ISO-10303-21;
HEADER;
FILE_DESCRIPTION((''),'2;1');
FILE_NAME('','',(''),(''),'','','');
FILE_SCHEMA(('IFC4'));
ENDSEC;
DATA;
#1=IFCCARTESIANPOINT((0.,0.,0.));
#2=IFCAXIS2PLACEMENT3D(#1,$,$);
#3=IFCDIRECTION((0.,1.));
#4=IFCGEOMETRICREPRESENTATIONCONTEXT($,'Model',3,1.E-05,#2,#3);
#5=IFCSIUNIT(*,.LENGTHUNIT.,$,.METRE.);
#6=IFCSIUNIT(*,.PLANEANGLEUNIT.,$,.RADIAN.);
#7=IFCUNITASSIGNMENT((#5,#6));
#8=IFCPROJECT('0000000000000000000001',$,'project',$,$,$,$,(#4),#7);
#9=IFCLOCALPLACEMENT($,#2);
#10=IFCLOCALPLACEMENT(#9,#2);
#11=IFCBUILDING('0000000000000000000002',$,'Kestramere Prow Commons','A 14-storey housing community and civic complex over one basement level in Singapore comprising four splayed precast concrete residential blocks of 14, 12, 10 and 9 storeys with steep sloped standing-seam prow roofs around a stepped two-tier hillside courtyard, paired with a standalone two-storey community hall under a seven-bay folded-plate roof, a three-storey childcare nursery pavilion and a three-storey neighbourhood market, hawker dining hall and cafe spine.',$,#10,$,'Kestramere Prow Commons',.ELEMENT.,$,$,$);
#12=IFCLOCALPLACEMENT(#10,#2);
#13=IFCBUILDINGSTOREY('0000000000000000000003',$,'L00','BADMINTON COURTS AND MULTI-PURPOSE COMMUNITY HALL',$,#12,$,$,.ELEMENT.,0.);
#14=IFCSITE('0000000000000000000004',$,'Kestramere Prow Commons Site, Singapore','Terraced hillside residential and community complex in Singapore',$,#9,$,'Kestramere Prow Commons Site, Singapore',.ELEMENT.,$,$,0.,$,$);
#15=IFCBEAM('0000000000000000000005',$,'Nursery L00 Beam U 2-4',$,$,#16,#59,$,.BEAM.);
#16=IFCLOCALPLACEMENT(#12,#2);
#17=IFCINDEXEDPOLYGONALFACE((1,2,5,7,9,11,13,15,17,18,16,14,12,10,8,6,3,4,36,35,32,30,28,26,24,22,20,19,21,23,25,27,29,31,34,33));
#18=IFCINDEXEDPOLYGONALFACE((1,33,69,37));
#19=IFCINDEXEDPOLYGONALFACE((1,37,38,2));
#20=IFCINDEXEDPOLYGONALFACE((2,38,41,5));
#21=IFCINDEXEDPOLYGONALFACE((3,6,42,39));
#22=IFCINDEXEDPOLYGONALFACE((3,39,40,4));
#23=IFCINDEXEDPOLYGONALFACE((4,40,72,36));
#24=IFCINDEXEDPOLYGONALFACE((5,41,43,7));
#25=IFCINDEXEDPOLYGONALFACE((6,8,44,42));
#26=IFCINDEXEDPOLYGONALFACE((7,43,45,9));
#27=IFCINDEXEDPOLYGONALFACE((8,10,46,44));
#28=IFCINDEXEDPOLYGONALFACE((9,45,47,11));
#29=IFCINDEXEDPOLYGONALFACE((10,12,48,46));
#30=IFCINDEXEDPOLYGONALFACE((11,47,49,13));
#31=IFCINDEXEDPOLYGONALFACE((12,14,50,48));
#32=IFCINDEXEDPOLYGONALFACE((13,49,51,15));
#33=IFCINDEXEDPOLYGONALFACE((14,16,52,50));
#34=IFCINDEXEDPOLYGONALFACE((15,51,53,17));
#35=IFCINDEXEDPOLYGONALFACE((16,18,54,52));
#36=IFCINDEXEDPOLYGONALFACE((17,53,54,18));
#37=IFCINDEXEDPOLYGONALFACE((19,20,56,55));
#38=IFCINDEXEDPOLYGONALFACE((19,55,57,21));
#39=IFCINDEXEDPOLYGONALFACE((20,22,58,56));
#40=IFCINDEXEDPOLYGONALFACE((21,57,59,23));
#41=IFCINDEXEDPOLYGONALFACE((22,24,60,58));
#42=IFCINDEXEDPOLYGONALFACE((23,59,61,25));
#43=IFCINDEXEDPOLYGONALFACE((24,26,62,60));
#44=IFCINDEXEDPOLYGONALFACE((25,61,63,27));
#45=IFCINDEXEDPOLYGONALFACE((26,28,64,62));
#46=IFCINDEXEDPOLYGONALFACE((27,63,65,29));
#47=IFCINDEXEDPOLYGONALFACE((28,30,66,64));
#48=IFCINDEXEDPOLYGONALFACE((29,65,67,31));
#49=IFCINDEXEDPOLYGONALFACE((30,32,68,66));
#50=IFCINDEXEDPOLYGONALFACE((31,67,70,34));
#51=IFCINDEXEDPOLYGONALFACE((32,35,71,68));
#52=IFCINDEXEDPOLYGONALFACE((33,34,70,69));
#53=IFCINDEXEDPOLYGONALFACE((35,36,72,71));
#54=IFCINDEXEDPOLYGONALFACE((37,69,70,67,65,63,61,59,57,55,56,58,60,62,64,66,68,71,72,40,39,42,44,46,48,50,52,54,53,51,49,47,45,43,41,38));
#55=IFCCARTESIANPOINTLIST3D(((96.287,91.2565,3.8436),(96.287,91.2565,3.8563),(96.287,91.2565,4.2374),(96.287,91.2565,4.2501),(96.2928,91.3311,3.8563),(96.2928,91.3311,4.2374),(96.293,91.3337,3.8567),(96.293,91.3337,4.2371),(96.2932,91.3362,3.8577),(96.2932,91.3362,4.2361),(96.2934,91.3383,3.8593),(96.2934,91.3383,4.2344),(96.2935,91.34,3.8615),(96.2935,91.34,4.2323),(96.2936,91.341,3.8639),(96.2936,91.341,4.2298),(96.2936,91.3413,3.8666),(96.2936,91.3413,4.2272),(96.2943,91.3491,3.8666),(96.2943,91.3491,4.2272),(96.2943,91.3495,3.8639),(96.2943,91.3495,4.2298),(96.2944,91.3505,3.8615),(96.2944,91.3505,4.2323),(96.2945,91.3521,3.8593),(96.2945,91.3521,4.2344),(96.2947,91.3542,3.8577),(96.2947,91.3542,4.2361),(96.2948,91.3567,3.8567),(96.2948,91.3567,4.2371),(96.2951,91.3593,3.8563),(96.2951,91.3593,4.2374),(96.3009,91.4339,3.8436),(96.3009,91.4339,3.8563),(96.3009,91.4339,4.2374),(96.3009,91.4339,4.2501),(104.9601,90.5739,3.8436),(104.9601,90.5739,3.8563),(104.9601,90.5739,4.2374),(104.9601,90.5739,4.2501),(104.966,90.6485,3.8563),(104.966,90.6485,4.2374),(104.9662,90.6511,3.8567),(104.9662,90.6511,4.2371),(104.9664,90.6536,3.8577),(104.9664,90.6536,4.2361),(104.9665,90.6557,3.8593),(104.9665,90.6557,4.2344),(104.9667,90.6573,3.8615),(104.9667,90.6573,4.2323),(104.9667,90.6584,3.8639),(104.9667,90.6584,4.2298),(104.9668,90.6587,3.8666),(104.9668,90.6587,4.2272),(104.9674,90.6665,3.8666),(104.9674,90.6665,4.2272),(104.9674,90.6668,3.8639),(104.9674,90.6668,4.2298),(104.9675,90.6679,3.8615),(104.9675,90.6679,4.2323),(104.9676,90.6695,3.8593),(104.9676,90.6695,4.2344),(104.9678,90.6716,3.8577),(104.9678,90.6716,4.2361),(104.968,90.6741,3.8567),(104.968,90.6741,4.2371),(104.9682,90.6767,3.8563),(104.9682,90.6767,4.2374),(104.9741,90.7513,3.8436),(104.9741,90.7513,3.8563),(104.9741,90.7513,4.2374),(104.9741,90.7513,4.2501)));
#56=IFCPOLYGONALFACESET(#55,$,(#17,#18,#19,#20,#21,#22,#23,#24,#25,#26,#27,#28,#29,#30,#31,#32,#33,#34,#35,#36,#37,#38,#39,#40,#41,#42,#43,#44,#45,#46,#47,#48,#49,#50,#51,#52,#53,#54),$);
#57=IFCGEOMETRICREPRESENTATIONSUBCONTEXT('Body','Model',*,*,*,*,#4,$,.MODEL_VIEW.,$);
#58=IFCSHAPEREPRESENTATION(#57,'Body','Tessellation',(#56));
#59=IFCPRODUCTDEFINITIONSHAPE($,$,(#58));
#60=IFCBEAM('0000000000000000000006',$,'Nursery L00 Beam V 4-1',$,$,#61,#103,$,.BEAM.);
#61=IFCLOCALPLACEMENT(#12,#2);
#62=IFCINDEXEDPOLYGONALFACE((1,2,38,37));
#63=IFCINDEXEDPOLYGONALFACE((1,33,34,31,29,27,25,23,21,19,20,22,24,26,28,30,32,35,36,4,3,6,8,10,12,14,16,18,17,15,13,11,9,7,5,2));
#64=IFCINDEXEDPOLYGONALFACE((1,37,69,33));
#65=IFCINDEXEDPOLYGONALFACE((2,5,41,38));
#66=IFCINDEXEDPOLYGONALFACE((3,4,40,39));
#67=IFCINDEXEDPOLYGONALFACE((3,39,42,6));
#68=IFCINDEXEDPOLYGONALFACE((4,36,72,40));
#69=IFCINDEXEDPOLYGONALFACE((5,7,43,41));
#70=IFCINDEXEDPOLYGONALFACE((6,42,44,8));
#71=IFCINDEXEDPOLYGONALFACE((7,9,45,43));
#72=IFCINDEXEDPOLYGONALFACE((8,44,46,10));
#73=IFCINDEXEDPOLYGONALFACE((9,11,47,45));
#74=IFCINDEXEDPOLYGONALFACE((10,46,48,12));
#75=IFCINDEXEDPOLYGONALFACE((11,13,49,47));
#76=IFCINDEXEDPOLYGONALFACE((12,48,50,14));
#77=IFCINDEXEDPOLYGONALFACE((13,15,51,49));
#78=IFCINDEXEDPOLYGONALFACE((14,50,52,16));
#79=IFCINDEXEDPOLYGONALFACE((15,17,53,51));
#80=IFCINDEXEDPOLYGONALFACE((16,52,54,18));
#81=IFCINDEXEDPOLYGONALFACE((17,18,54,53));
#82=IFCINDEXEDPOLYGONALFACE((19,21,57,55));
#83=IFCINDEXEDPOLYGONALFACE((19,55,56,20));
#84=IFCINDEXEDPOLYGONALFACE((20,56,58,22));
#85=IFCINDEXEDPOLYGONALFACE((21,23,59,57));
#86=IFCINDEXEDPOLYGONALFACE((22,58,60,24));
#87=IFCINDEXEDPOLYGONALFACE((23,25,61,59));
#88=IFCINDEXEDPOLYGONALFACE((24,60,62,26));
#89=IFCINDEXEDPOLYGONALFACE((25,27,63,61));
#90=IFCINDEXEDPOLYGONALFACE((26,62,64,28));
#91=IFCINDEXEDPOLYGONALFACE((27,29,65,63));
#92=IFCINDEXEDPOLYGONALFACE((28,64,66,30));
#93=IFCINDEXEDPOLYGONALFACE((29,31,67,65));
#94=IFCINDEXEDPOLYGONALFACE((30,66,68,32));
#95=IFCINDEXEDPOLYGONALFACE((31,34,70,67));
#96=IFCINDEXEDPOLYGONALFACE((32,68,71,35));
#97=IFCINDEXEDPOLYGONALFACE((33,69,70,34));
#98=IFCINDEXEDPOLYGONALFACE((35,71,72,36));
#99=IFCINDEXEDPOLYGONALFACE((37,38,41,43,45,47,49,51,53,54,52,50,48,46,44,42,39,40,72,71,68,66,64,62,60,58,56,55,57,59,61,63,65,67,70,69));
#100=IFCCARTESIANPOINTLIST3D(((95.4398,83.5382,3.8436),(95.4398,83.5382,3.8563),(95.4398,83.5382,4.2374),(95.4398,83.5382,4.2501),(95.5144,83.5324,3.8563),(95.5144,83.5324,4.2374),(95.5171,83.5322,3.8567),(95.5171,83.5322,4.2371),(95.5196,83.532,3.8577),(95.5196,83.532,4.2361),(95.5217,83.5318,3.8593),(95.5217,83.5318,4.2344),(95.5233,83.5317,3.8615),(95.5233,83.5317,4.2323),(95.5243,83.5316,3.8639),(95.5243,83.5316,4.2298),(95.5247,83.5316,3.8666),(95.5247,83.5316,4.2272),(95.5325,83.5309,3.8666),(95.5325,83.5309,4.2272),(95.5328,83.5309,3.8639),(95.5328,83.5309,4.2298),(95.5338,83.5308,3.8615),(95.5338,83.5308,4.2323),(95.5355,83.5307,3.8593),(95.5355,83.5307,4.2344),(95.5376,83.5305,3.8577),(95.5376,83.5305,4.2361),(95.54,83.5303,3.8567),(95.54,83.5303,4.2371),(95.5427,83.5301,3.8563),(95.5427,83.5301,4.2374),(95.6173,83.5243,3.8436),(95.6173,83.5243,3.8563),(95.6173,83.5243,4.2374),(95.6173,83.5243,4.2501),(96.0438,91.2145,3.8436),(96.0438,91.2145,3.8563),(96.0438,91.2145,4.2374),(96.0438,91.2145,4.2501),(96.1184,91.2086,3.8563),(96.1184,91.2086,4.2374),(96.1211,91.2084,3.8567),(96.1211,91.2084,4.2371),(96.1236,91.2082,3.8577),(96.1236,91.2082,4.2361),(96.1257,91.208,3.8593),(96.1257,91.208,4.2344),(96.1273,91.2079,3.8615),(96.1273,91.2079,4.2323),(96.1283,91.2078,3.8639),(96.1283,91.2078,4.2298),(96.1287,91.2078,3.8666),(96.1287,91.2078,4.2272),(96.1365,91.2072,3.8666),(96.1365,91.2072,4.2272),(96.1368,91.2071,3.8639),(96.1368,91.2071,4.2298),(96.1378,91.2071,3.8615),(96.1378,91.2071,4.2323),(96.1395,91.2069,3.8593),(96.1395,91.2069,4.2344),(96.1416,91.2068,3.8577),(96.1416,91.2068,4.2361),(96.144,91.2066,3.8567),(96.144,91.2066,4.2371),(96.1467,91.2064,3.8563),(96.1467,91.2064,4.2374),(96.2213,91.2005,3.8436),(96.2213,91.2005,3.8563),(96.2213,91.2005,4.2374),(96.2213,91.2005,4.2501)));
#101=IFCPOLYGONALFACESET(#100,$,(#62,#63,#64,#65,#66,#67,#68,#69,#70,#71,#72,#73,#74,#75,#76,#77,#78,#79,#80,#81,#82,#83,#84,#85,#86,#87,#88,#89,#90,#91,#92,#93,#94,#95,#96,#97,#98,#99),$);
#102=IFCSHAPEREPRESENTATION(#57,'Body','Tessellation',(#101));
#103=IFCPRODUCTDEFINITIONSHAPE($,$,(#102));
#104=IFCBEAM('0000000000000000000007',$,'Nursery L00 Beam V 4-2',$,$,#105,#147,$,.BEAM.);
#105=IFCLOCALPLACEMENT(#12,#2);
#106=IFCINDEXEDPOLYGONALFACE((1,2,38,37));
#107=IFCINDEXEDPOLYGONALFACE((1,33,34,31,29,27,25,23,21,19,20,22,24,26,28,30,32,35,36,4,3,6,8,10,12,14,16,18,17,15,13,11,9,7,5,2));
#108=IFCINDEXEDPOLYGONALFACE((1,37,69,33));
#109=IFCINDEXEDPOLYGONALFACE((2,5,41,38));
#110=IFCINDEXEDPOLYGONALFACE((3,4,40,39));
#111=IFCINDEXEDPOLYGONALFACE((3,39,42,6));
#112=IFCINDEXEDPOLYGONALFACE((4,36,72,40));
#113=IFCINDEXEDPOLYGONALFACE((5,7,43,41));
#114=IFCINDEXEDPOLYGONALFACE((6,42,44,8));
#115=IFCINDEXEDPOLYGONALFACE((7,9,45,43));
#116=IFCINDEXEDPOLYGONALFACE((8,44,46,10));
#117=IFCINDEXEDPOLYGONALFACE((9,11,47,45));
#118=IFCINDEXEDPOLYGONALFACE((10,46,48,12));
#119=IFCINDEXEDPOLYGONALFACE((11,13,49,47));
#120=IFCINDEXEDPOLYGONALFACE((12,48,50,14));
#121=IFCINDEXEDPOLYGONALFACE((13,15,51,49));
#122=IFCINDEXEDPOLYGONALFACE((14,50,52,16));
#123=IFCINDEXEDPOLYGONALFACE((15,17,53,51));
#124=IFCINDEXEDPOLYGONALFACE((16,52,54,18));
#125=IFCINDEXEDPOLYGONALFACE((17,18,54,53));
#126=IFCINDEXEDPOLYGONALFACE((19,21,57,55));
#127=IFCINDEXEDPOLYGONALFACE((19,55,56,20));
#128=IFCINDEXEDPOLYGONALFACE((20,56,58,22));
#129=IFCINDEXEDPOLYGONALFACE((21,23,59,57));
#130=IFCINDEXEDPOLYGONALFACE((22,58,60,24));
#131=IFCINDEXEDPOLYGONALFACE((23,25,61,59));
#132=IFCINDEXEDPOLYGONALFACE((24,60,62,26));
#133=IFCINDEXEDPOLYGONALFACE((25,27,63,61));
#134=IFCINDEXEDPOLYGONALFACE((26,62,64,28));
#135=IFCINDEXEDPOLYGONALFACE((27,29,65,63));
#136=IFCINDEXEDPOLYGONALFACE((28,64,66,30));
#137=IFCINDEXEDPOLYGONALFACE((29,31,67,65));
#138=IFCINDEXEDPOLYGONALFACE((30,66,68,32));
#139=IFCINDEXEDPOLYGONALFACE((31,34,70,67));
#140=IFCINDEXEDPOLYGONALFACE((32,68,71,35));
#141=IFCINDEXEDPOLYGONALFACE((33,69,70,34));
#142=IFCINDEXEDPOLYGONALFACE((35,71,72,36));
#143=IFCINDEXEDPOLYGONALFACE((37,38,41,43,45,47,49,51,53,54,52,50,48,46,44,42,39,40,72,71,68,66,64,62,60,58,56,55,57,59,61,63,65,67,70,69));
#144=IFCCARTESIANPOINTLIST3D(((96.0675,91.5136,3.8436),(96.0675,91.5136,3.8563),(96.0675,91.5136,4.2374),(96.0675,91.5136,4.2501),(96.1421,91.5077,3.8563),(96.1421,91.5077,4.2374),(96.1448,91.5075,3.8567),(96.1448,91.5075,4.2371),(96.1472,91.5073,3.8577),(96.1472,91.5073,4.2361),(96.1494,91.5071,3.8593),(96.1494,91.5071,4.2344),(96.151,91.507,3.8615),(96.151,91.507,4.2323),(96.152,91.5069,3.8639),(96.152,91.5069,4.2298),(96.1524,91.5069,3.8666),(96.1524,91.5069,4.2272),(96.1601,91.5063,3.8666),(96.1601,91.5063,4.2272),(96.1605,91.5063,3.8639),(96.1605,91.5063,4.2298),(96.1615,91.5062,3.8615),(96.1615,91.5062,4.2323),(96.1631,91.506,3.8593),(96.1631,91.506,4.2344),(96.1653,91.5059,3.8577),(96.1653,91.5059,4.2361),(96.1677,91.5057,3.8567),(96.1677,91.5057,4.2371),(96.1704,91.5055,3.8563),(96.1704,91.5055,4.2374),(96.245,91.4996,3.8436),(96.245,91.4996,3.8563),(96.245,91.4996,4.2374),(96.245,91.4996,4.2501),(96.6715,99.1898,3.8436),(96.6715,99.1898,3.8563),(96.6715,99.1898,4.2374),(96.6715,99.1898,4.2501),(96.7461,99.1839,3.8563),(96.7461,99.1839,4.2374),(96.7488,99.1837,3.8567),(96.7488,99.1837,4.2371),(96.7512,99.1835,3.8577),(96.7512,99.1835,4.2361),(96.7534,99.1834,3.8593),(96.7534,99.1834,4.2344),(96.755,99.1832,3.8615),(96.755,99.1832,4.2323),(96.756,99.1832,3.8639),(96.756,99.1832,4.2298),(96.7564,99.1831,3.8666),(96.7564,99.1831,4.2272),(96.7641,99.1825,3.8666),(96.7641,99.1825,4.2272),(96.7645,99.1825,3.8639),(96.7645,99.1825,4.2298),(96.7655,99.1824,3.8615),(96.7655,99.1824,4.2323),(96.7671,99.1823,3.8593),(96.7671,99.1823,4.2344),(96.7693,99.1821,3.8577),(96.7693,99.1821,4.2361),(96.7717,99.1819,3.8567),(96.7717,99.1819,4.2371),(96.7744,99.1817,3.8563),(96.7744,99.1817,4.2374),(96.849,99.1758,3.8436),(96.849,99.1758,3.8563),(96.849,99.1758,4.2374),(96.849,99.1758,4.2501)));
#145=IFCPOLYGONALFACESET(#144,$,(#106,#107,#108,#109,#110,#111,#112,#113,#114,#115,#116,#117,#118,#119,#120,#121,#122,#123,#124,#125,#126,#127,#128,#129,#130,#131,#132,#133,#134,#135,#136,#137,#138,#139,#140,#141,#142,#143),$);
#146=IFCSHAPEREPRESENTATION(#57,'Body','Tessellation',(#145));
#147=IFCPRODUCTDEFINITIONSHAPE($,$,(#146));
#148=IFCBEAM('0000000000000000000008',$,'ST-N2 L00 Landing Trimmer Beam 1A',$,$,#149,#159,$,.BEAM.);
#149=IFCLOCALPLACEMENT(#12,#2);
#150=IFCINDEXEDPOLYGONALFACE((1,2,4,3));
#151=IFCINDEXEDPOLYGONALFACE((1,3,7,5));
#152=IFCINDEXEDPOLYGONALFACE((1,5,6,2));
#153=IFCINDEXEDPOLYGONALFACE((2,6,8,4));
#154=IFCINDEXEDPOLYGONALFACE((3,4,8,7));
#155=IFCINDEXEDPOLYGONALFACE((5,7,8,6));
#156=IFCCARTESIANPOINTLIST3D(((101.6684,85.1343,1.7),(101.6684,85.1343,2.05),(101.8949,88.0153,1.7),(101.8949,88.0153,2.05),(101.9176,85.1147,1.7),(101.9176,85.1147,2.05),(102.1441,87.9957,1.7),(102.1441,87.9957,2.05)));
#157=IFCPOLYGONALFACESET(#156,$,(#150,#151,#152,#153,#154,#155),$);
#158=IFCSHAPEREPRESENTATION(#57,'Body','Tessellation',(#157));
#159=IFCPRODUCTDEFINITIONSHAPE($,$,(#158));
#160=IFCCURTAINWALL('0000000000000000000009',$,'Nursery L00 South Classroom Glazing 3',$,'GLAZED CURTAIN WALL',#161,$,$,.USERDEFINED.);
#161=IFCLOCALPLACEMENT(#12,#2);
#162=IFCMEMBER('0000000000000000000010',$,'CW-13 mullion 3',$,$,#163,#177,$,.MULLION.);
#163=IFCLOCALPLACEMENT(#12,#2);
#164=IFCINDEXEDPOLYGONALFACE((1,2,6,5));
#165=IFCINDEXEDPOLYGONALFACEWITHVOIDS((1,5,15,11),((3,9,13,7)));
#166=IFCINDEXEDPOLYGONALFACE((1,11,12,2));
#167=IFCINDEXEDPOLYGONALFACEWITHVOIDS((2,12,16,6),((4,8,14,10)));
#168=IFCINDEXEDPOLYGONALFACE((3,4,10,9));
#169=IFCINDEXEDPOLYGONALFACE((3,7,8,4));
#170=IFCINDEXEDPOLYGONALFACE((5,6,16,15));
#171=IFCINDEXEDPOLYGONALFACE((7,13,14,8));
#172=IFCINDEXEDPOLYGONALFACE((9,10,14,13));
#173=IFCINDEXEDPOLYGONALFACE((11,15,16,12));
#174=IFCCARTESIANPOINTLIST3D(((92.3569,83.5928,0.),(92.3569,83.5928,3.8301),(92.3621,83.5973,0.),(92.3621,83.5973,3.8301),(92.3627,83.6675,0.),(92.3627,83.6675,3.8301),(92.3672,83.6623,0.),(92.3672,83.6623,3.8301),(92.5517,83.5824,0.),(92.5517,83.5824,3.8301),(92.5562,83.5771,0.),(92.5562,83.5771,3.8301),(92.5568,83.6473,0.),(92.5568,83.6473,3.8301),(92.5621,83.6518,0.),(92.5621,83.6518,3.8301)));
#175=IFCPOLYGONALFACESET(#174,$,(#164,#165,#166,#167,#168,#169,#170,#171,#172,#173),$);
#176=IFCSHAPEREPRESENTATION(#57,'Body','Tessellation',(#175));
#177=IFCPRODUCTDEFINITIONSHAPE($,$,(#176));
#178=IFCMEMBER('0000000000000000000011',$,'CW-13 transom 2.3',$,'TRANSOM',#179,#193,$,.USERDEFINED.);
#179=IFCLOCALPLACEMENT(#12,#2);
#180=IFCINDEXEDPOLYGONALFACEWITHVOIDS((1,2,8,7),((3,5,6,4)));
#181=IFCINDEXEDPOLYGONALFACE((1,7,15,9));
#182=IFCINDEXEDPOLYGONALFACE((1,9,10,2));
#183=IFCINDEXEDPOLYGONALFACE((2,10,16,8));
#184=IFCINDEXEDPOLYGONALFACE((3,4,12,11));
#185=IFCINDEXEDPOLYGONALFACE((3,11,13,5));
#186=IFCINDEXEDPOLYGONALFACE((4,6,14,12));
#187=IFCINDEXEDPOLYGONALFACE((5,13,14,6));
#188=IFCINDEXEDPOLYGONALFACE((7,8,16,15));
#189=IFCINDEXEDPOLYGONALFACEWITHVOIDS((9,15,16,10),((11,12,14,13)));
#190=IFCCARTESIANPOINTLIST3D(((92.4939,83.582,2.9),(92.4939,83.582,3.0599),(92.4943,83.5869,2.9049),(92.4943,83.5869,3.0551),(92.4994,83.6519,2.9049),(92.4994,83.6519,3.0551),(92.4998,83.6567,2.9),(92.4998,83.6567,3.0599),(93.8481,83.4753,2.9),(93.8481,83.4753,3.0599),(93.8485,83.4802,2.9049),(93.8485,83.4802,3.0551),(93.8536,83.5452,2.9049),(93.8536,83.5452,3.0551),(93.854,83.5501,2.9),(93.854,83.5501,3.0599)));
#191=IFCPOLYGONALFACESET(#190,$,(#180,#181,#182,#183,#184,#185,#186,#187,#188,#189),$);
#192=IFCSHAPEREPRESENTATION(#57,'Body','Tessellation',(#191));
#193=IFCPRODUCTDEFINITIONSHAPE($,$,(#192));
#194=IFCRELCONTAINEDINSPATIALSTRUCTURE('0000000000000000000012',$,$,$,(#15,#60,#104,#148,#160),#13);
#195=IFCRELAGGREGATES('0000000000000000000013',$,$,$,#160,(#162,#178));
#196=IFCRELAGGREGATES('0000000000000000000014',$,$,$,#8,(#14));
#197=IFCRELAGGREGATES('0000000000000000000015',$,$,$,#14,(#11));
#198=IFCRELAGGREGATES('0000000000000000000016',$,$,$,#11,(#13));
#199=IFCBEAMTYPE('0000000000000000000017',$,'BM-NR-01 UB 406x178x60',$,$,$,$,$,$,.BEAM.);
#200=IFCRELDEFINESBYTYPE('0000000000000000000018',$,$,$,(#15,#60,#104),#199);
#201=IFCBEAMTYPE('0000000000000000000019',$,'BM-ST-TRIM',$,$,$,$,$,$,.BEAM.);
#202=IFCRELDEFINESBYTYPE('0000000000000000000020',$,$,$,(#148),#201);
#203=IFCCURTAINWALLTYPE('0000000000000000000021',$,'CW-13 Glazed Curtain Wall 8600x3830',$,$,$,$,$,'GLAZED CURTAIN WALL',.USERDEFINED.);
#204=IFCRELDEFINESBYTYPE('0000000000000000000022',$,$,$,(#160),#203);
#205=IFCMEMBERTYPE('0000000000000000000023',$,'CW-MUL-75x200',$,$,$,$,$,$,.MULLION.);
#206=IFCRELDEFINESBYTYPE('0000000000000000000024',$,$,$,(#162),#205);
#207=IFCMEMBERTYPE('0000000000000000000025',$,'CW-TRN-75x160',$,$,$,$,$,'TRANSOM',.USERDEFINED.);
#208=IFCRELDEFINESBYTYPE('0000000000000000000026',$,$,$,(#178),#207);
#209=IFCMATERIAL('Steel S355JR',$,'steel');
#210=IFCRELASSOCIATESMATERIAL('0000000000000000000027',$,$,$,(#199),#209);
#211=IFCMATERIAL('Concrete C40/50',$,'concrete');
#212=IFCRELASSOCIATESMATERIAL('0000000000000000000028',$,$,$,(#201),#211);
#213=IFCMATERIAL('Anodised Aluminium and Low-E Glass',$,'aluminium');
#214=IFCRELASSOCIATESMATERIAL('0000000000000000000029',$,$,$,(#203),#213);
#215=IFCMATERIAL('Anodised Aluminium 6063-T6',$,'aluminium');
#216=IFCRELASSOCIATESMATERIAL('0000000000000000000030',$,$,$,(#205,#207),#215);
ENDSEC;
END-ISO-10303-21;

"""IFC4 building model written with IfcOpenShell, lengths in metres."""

from ifc_helpers import new_model, si_unit, direction, frame, origin, origin_2d, place, context, subcontext, project, spatial, rectangle, hollow_rectangle, i_section, extrude, material, material_profile, profile_set, type_object, element, aggregate, save


model = new_model("IFC4")

# Units and contexts
model_context = context("Model", 3, precision=1e-05, world=origin(), true_north=direction((0.0, 1.0)))
body_context = subcontext(model_context, "Body", "Model", "MODEL_VIEW")
ifc_project = project(units=[si_unit("LENGTHUNIT", "METRE"), si_unit("PLANEANGLEUNIT", "RADIAN")], contexts=[model_context])

# Site, building, storey
site_placement = place(None, origin())
site = spatial("IfcSite", under=ifc_project, at=site_placement, Name="Kestramere Prow Commons Site, Singapore", Description="Terraced hillside residential and community complex in Singapore", LongName="Kestramere Prow Commons Site, Singapore", CompositionType="ELEMENT", RefElevation=0.0)
building_placement = place(site_placement, origin())
building = spatial("IfcBuilding", under=site, at=building_placement, Name="Kestramere Prow Commons", Description="A 14-storey housing community and civic complex over one basement level in Singapore comprising four splayed precast concrete residential blocks of 14, 12, 10 and 9 storeys with steep sloped standing-seam prow roofs around a stepped two-tier hillside courtyard, paired with a standalone two-storey community hall under a seven-bay folded-plate roof, a three-storey childcare nursery pavilion and a three-storey neighbourhood market, hawker dining hall and cafe spine.", LongName="Kestramere Prow Commons", CompositionType="ELEMENT")
storey_placement = place(building_placement, origin())
storey = spatial("IfcBuildingStorey", under=building, at=storey_placement, Name="L00", Description="BADMINTON COURTS AND MULTI-PURPOSE COMMUNITY HALL", CompositionType="ELEMENT", Elevation=0.0)

# Shared definitions
ifc_material_1 = material(Name="Steel S355JR", Category="steel")

# Beams
ifc_material_profile_1 = material_profile(ifc_material_1, i_section(OverallWidth=0.178, OverallDepth=0.4065, WebThickness=0.0078, FlangeThickness=0.0127, FilletRadius=0.0103, at=origin_2d()), Name="UB 406x178x60")
ifc_profile_set_1 = profile_set([ifc_material_profile_1], Name="Steel S355JR")
beam_type_1 = type_object("IfcBeamType", Name="BM-NR-01 UB 406x178x60", PredefinedType="BEAM", material=ifc_profile_set_1)
beam_1_placement = place(storey_placement, frame((96.2939, 91.3452, 4.0469), z_axis=(0.996917, -0.078462, 0.0), x_axis=(0.078462, 0.996917, 0.0)))
element("IfcBeam", 1, at=beam_1_placement, inside=storey, type_object=beam_type_1, Name="Nursery L00 Beam U 2-4", PredefinedType="BEAM", context=body_context, shape_type="SweptSolid", body=[
    extrude(i_section(OverallWidth=0.178, OverallDepth=0.4065, WebThickness=0.0078, FlangeThickness=0.0127, FilletRadius=0.0103, at=origin_2d()), origin(), (0.0, 0.0, 1.0), 8.7),
])
for number, where, z_axis, x_axis, name in (
    (2, (95.5286, 83.5312, 4.0469), (0.078442, 0.996919, 0.0), (-0.996919, 0.078442, 0.0), "Nursery L00 Beam V 4-1"),
    (3, (96.1562, 91.5066, 4.0469), (0.078442, 0.996919, 0.0), (-0.996919, 0.078442, 0.0), "Nursery L00 Beam V 4-2"),
):
    element("IfcBeam", number, at=place(storey_placement, frame(where, z_axis=z_axis, x_axis=x_axis)), inside=storey, type_object=beam_type_1, Name=name, PredefinedType="BEAM", context=body_context, shape_type="SweptSolid", body=[
        extrude(i_section(OverallWidth=0.178, OverallDepth=0.4065, WebThickness=0.0078, FlangeThickness=0.0127, FilletRadius=0.0103, at=origin_2d()), origin(), (0.0, 0.0, 1.0), 7.7),
    ])
ifc_material_2 = material(Name="Concrete C40/50", Category="concrete")
ifc_material_profile_2 = material_profile(ifc_material_2, rectangle(XDim=0.25, YDim=0.3501, at=origin_2d()), Name="PC-BM 250x350")
ifc_profile_set_2 = profile_set([ifc_material_profile_2], Name="Concrete C40/50")
beam_type_2 = type_object("IfcBeamType", Name="BM-ST-TRIM", PredefinedType="BEAM", material=ifc_profile_set_2)
beam_2_placement = place(storey_placement, frame((101.793, 85.1245, 1.875), z_axis=(0.078395, 0.996922, 0.0), x_axis=(-0.996922, 0.078395, 0.0)))
element("IfcBeam", 4, at=beam_2_placement, inside=storey, type_object=beam_type_2, Name="ST-N2 L00 Landing Trimmer Beam 1A", PredefinedType="BEAM", context=body_context, shape_type="SweptSolid", body=[
    extrude(rectangle(XDim=0.25, YDim=0.3501, at=origin_2d()), origin(), (0.0, 0.0, 1.0), 2.8899),
])

# Curtain wall, members
ifc_material_3 = material(Name="Anodised Aluminium and Low-E Glass", Category="aluminium")
curtain_wall_type = type_object("IfcCurtainWallType", Name="CW-13 Glazed Curtain Wall 8600x3830", ElementType="GLAZED CURTAIN WALL", PredefinedType="USERDEFINED", material=ifc_material_3)
curtain_wall_placement = place(storey_placement, origin())
curtain_wall = element("IfcCurtainWall", 5, at=curtain_wall_placement, inside=storey, type_object=curtain_wall_type, Name="Nursery L00 South Classroom Glazing 3", ObjectType="GLAZED CURTAIN WALL", PredefinedType="USERDEFINED")
ifc_material_4 = material(Name="Anodised Aluminium 6063-T6", Category="aluminium")
ifc_material_profile_3 = material_profile(ifc_material_4, hollow_rectangle(XDim=0.075, YDim=0.2, WallThickness=0.0049, at=origin_2d()), Name="ALU-MUL 75x200")
ifc_profile_set_3 = profile_set([ifc_material_profile_3], Name="Anodised Aluminium 6063-T6")
member_type_1 = type_object("IfcMemberType", Name="CW-MUL-75x200", PredefinedType="MULLION", material=ifc_profile_set_3)
member_1_placement = place(storey_placement, frame((92.4595, 83.6223, 0.0), z_axis=(0.0, 0.0, 1.0), x_axis=(-0.078459, -0.996917, 0.0)))
member_1 = element("IfcMember", 6, at=member_1_placement, type_object=member_type_1, Name="CW-13 mullion 3", PredefinedType="MULLION", context=body_context, shape_type="SweptSolid", body=[
    extrude(hollow_rectangle(XDim=0.075, YDim=0.2, WallThickness=0.0049, at=origin_2d()), origin(), (0.0, 0.0, 1.0), 3.8301),
])
ifc_material_profile_4 = material_profile(ifc_material_4, hollow_rectangle(XDim=0.075, YDim=0.1599, WallThickness=0.0049, at=origin_2d()), Name="ALU-TRN 75x160")
ifc_profile_set_4 = profile_set([ifc_material_profile_4], Name="Anodised Aluminium 6063-T6")
member_type_2 = type_object("IfcMemberType", Name="CW-TRN-75x160", ElementType="TRANSOM", PredefinedType="USERDEFINED", material=ifc_profile_set_4)
member_2_placement = place(storey_placement, frame((93.8511, 83.5127, 2.98), z_axis=(-0.996911, 0.078538, 0.0), x_axis=(-0.078538, -0.996911, 0.0)))
member_2 = element("IfcMember", 7, at=member_2_placement, type_object=member_type_2, Name="CW-13 transom 2.3", ObjectType="TRANSOM", PredefinedType="USERDEFINED", context=body_context, shape_type="SweptSolid", body=[
    extrude(hollow_rectangle(XDim=0.075, YDim=0.1599, WallThickness=0.0049, at=origin_2d()), origin(), (0.0, 0.0, 1.0), 1.3584),
])
aggregate(curtain_wall, [member_1, member_2])

save(model, "model.ifc")
